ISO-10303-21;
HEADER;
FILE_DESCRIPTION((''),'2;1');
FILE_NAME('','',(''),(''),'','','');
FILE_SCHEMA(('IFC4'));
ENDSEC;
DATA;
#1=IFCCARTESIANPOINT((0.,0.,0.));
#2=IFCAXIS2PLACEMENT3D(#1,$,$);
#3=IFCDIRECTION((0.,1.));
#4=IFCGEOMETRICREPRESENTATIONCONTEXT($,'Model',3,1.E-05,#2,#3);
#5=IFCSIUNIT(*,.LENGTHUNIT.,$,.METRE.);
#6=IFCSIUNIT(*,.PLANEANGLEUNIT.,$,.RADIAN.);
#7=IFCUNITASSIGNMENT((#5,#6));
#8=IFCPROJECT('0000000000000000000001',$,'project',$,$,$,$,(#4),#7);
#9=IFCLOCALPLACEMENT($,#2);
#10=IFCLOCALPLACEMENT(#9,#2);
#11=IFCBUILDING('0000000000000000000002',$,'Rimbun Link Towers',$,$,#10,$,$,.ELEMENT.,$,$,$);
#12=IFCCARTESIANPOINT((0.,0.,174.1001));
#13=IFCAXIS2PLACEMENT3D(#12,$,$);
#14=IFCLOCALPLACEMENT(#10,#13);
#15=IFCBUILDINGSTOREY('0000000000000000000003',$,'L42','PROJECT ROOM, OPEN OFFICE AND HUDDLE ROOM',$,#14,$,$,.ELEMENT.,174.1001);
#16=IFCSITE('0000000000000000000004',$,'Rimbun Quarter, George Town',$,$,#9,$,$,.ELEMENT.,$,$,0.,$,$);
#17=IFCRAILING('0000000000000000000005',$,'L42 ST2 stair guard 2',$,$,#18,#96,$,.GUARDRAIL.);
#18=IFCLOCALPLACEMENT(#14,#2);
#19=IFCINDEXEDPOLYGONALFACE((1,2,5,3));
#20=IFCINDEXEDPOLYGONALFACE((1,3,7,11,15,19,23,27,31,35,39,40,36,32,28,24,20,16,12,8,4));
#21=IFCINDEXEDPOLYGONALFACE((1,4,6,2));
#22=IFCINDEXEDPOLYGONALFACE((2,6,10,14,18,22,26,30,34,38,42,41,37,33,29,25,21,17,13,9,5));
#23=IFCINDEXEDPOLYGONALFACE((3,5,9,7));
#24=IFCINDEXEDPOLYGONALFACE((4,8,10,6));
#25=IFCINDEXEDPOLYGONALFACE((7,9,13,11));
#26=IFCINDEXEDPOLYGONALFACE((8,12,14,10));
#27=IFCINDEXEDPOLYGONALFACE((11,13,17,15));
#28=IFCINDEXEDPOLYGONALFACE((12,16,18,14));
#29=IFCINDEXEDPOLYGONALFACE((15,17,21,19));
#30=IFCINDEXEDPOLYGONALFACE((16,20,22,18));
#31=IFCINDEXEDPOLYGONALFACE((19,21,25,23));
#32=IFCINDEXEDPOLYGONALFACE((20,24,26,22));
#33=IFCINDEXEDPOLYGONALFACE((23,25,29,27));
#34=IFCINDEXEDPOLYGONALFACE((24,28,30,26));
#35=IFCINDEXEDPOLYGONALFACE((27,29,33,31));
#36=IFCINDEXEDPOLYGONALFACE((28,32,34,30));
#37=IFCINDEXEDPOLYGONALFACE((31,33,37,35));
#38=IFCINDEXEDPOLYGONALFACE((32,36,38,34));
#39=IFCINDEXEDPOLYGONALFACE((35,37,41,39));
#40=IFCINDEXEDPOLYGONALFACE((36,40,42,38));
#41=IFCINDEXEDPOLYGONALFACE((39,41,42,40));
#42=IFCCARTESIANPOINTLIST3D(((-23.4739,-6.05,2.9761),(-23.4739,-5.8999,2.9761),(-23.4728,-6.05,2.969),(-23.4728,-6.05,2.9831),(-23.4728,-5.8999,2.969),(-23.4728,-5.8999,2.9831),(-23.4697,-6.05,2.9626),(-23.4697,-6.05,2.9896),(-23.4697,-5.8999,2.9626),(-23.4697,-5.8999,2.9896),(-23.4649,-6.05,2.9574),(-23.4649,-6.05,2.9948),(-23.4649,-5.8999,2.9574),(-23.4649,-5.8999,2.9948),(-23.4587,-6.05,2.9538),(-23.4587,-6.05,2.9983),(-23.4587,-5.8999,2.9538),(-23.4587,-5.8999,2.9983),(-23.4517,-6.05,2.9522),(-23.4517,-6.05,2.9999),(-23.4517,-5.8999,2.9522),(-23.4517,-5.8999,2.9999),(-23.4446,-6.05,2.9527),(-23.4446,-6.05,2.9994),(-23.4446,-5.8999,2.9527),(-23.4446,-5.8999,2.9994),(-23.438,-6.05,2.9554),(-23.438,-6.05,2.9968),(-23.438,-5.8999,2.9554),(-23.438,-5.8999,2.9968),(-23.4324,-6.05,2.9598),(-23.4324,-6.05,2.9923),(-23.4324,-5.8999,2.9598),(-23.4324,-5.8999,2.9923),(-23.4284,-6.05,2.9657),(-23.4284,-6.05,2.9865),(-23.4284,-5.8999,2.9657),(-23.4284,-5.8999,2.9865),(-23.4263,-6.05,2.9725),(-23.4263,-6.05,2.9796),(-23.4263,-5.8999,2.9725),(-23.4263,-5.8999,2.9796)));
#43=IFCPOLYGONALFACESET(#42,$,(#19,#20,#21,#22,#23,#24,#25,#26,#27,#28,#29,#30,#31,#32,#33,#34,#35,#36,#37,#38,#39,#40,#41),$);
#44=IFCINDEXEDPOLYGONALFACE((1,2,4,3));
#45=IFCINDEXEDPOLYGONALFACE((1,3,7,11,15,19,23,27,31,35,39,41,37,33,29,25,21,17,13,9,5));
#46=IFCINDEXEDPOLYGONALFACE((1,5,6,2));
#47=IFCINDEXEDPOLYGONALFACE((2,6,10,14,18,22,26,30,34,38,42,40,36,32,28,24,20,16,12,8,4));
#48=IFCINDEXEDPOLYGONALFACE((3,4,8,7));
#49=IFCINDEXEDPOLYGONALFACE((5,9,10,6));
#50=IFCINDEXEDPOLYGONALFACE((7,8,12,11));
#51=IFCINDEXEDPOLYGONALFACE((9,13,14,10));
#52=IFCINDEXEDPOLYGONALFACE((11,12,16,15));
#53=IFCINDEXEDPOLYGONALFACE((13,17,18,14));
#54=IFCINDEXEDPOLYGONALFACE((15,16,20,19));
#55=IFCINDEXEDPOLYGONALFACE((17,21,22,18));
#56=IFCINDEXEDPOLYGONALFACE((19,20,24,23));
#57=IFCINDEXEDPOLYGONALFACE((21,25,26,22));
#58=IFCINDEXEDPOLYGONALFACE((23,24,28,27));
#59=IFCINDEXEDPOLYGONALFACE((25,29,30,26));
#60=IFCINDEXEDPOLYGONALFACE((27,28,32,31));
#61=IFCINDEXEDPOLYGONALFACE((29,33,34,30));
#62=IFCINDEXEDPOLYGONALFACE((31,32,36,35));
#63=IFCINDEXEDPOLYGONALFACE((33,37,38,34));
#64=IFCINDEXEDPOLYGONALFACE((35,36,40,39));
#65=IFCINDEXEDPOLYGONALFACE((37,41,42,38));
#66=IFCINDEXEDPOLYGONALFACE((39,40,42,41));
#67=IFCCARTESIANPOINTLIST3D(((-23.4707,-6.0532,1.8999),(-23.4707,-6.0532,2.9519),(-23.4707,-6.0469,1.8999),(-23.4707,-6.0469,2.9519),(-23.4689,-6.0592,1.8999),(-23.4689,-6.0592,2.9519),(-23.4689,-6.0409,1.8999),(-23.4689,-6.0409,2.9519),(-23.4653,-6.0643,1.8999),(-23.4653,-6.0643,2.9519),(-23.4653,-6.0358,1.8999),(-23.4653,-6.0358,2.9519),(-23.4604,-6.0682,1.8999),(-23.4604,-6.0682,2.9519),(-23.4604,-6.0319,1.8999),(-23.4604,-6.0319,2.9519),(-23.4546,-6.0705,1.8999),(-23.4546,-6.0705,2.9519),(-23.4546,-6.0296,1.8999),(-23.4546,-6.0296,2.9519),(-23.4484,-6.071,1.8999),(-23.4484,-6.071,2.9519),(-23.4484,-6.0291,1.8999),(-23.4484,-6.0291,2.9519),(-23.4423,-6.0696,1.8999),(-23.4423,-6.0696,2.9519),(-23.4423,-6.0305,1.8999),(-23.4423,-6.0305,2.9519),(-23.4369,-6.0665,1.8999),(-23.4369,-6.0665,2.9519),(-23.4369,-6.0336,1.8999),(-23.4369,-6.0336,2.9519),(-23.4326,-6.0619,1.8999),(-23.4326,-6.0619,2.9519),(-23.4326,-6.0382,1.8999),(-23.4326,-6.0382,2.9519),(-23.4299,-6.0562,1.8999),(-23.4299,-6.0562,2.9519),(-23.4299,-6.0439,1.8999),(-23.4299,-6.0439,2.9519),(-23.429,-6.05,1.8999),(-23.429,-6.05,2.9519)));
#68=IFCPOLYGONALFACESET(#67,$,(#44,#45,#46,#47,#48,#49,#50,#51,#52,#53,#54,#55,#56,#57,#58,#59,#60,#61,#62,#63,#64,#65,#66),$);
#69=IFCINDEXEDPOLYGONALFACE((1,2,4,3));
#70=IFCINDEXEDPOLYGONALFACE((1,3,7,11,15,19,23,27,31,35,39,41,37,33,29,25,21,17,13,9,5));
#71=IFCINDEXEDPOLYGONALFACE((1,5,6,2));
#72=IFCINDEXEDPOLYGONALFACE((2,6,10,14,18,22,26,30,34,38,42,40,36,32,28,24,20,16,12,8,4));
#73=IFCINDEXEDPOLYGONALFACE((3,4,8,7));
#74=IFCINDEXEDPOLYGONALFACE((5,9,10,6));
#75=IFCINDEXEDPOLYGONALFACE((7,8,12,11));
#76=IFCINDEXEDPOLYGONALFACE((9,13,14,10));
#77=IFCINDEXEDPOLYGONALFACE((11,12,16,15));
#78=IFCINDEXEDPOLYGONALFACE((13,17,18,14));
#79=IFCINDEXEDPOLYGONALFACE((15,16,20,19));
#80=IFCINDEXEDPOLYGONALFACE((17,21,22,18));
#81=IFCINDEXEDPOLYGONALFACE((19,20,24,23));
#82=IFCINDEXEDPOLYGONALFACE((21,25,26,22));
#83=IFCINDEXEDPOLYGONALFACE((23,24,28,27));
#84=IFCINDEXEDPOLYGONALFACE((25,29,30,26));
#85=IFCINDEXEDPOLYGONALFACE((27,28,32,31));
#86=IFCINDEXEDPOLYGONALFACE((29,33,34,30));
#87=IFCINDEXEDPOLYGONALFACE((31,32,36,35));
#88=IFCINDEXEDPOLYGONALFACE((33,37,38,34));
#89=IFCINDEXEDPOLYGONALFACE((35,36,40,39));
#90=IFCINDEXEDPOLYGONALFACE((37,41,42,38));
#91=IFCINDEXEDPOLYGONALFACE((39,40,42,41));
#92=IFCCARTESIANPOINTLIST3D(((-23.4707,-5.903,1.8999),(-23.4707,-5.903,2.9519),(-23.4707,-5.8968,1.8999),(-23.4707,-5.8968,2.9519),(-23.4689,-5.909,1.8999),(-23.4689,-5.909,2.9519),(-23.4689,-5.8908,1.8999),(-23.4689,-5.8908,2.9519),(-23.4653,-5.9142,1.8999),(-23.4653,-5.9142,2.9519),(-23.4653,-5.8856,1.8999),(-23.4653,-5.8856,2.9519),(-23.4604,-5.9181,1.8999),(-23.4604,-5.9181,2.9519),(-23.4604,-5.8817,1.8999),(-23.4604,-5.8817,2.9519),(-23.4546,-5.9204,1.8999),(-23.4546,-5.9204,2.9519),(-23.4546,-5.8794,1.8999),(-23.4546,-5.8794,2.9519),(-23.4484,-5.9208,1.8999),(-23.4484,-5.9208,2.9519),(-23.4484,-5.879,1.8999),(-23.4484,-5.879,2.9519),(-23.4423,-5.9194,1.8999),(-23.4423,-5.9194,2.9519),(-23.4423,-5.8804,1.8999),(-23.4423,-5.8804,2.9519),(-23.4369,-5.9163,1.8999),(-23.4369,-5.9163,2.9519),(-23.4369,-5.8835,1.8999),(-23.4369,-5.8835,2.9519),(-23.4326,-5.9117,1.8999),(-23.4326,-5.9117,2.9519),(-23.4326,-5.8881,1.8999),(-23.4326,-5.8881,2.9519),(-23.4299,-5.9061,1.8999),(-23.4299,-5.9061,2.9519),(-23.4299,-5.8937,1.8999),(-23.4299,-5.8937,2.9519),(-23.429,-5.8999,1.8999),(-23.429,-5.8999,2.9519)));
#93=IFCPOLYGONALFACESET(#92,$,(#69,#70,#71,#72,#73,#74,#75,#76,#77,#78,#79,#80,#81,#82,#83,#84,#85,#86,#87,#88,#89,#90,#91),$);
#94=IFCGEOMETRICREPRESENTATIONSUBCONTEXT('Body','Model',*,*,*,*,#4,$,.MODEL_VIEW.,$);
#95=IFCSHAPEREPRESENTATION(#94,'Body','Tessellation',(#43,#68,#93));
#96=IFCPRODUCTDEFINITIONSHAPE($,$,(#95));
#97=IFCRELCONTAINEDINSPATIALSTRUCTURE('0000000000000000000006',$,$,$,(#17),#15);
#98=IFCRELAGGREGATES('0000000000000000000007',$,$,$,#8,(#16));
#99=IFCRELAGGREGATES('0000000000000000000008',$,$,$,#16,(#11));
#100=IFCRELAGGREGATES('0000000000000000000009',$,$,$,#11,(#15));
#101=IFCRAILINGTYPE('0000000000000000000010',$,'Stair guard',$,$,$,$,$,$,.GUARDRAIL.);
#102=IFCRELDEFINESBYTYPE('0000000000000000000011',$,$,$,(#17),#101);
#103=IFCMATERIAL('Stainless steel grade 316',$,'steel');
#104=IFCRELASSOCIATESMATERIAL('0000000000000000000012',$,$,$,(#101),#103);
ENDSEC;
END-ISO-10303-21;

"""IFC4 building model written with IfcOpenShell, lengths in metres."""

from ifc_helpers import new_model, si_unit, direction, frame, origin, origin_2d, place, context, subcontext, project, spatial, circle, extrude, material, type_object, element, save


model = new_model("IFC4")

# Units and contexts
model_context = context("Model", 3, precision=1e-05, world=origin(), true_north=direction((0.0, 1.0)))
body_context = subcontext(model_context, "Body", "Model", "MODEL_VIEW")
ifc_project = project(units=[si_unit("LENGTHUNIT", "METRE"), si_unit("PLANEANGLEUNIT", "RADIAN")], contexts=[model_context])

# Site, building, storey
site_placement = place(None, origin())
site = spatial("IfcSite", under=ifc_project, at=site_placement, Name="Rimbun Quarter, George Town", CompositionType="ELEMENT", RefElevation=0.0)
building_placement = place(site_placement, origin())
building = spatial("IfcBuilding", under=site, at=building_placement, Name="Rimbun Link Towers", CompositionType="ELEMENT")
storey_placement = place(building_placement, frame((0.0, 0.0, 174.1001)))
storey = spatial("IfcBuildingStorey", under=building, at=storey_placement, Name="L42", Description="PROJECT ROOM, OPEN OFFICE AND HUDDLE ROOM", CompositionType="ELEMENT", Elevation=174.1001)

# Railing
ifc_material_1 = material(Name="Stainless steel grade 316", Category="steel")
railing_type_1 = type_object("IfcRailingType", Name="Stair guard", PredefinedType="GUARDRAIL", material=ifc_material_1)
railing_1_placement = place(storey_placement, frame((-23.45, -6.05, 1.8999)))
element("IfcRailing", 1, at=railing_1_placement, inside=storey, type_object=railing_type_1, Name="L42 ST2 stair guard 2", PredefinedType="GUARDRAIL", context=body_context, shape_type="SweptSolid", body=[
    extrude(circle(Radius=0.0239, at=origin_2d()), frame((0.0, 0.0, 1.0762), z_axis=(0.0, 1.0, 0.0), x_axis=(-1.0, 0.0, 0.0)), (0.0, 0.0, 1.0), 0.1501),
    extrude(circle(Radius=0.021, at=origin_2d()), origin(), (0.0, 0.0, 1.0), 1.052),
    extrude(circle(Radius=0.021, at=origin_2d()), frame((0.0, 0.1501, 0.0)), (0.0, 0.0, 1.0), 1.052),
])

save(model, "model.ifc")
